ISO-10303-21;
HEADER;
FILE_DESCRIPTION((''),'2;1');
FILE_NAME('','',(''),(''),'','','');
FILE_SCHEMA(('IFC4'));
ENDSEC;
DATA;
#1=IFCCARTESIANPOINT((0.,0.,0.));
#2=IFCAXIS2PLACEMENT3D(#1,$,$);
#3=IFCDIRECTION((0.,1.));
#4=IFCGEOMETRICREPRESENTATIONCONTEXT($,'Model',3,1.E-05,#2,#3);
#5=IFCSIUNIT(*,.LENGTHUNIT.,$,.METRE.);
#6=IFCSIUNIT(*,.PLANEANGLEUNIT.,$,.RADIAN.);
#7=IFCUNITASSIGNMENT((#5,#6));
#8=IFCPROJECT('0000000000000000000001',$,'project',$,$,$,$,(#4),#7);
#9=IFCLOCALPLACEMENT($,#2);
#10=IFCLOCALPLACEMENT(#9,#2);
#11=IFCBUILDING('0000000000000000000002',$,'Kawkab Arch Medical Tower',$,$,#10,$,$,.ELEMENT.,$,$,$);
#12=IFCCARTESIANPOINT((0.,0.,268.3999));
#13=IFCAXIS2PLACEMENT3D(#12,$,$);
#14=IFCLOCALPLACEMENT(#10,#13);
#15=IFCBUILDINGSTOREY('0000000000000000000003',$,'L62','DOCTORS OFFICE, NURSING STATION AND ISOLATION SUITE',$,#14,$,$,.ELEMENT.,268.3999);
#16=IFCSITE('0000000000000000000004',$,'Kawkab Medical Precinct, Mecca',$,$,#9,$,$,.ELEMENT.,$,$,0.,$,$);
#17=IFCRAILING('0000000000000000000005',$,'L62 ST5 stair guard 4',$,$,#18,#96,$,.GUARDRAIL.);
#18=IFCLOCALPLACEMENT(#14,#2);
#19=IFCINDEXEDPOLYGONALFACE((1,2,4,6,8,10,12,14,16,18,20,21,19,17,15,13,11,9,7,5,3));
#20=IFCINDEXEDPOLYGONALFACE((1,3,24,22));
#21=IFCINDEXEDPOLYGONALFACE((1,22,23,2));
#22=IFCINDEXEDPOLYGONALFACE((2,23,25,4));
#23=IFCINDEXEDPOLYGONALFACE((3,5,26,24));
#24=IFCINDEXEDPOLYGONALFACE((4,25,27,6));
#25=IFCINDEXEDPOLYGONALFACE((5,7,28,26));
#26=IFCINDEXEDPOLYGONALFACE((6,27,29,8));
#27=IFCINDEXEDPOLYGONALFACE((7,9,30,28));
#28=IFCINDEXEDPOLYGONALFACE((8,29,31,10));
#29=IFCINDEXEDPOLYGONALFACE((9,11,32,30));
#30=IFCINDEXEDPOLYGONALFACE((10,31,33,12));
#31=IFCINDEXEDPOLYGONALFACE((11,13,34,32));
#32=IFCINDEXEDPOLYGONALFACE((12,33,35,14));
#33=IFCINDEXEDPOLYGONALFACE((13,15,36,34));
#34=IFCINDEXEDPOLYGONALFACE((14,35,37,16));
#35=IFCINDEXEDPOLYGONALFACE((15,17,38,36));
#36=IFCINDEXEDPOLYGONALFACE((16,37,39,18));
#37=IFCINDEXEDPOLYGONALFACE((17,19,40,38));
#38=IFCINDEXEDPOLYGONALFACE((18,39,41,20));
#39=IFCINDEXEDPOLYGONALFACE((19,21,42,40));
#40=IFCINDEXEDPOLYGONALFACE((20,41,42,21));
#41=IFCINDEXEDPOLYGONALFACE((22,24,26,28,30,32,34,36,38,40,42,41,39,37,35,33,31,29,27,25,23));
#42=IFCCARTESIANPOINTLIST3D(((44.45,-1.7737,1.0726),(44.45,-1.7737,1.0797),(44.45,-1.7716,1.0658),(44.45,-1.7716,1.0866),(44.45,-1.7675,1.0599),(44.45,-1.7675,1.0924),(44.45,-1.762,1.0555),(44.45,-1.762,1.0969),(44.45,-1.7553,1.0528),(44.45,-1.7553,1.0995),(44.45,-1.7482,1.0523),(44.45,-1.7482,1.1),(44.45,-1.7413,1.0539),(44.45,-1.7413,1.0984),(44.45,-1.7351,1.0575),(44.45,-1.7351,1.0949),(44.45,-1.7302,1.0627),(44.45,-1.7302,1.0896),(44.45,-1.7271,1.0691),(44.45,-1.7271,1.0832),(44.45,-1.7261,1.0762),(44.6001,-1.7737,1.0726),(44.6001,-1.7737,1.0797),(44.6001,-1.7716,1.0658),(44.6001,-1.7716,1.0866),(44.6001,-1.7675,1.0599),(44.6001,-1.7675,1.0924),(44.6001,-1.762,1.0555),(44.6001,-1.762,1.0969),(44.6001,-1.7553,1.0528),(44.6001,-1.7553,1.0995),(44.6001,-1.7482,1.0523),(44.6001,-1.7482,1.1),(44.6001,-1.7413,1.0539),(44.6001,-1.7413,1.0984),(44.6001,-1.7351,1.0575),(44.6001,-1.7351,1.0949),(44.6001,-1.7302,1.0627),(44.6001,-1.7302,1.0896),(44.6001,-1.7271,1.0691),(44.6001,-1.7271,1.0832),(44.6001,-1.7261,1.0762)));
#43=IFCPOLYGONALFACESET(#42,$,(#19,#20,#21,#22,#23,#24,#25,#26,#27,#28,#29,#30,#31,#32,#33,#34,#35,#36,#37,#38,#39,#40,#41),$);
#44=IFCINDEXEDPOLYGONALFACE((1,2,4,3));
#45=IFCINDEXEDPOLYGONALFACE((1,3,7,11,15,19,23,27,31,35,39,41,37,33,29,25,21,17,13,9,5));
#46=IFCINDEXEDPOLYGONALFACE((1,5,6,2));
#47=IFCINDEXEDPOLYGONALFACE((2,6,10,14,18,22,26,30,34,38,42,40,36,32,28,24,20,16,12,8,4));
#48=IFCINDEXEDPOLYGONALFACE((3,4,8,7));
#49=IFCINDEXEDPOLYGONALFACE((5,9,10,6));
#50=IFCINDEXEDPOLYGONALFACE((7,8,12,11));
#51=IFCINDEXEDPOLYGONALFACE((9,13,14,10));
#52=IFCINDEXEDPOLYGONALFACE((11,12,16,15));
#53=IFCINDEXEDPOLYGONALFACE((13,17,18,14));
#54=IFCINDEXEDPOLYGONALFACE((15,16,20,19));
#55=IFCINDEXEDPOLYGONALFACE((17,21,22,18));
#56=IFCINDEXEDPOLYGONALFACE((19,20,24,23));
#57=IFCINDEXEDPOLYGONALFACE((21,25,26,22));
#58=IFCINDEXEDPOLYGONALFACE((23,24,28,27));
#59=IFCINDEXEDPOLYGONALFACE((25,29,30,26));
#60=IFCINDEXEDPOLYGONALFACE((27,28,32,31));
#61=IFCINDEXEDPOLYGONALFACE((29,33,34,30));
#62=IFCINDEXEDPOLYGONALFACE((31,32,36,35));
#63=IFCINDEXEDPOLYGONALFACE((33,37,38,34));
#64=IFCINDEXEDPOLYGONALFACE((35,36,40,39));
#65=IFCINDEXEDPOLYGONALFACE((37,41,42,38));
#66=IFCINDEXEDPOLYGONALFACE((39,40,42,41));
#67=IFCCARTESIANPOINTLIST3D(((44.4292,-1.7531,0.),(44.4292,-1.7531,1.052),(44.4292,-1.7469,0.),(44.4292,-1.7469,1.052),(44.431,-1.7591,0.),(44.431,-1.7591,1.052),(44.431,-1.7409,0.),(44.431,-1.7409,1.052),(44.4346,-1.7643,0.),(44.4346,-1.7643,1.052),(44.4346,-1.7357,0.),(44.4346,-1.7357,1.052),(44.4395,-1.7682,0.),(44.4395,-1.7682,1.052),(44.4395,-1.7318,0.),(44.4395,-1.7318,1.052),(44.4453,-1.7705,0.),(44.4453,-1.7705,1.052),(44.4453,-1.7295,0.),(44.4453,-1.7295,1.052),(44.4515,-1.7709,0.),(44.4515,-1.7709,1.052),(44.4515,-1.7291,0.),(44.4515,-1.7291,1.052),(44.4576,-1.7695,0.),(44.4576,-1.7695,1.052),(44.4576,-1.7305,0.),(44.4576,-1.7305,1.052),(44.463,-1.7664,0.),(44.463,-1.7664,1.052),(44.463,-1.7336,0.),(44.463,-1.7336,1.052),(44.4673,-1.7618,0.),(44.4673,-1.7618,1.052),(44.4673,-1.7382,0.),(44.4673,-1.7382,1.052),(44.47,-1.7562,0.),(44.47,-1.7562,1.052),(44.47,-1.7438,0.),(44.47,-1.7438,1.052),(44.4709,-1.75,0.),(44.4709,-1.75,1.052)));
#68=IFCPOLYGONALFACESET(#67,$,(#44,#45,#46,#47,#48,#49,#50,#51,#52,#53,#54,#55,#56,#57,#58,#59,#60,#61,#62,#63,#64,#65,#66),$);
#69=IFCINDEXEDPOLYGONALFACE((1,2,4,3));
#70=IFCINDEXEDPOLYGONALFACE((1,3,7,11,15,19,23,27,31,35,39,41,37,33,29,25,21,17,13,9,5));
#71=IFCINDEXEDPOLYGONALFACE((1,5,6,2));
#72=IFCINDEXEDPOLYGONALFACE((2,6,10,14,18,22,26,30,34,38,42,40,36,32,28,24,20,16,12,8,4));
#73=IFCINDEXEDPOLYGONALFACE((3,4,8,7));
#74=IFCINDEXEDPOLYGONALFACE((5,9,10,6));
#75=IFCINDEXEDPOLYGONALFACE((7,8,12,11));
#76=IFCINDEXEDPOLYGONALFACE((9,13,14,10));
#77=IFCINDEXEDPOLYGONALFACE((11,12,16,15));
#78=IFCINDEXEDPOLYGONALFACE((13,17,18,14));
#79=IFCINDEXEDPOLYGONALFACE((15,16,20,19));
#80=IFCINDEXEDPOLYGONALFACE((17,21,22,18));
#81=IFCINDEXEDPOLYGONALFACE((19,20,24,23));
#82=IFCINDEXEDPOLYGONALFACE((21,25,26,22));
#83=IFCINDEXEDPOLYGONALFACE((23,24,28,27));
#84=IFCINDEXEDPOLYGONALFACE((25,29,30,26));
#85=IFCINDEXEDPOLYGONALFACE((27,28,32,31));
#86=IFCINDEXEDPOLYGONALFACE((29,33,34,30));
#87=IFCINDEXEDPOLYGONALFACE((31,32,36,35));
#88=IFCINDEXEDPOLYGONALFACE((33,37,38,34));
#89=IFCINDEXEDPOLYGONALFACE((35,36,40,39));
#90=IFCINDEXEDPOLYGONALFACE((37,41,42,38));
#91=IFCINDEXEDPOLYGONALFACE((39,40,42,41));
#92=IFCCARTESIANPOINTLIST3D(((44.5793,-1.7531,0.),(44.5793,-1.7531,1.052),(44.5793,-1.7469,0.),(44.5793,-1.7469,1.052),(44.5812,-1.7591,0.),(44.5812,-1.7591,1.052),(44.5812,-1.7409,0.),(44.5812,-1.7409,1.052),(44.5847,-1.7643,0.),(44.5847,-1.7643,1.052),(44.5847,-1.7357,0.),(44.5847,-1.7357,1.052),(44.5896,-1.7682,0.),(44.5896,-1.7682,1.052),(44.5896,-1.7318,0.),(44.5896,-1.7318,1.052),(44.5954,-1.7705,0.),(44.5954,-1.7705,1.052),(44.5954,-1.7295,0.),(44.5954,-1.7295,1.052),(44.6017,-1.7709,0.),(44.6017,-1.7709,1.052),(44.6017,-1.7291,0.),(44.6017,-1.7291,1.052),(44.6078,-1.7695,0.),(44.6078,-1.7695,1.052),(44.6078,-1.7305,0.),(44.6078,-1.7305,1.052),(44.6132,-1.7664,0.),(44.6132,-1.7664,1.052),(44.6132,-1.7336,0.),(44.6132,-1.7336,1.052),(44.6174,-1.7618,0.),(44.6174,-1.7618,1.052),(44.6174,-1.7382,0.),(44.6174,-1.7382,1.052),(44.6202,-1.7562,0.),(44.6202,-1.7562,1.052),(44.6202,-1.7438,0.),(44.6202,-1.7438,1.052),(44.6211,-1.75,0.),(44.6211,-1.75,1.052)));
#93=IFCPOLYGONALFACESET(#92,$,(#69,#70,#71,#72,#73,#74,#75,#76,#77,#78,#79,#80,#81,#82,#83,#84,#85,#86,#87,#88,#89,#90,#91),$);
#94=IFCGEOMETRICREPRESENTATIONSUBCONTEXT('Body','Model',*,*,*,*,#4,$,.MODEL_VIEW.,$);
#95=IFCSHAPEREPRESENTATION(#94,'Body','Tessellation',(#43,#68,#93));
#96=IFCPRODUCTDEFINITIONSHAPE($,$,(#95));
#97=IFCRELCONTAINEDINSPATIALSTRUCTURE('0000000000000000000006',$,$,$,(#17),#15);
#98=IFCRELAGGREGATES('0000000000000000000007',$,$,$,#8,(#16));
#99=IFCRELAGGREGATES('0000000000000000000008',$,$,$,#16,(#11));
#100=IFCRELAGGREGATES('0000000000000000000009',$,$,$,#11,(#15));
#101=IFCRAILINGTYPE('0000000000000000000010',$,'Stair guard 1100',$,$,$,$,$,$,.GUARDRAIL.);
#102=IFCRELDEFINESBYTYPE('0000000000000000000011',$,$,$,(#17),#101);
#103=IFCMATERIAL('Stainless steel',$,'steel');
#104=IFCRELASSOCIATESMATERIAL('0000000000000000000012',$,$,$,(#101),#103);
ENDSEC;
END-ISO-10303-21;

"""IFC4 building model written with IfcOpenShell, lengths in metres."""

from ifc_helpers import new_model, si_unit, direction, frame, origin, origin_2d, place, context, subcontext, project, spatial, circle, extrude, material, type_object, element, save


model = new_model("IFC4")

# Units and contexts
model_context = context("Model", 3, precision=1e-05, world=origin(), true_north=direction((0.0, 1.0)))
body_context = subcontext(model_context, "Body", "Model", "MODEL_VIEW")
ifc_project = project(units=[si_unit("LENGTHUNIT", "METRE"), si_unit("PLANEANGLEUNIT", "RADIAN")], contexts=[model_context])

# Site, building, storey
site_placement = place(None, origin())
site = spatial("IfcSite", under=ifc_project, at=site_placement, Name="Kawkab Medical Precinct, Mecca", CompositionType="ELEMENT", RefElevation=0.0)
building_placement = place(site_placement, origin())
building = spatial("IfcBuilding", under=site, at=building_placement, Name="Kawkab Arch Medical Tower", CompositionType="ELEMENT")
storey_placement = place(building_placement, frame((0.0, 0.0, 268.3999)))
storey = spatial("IfcBuildingStorey", under=building, at=storey_placement, Name="L62", Description="DOCTORS OFFICE, NURSING STATION AND ISOLATION SUITE", CompositionType="ELEMENT", Elevation=268.3999)

# Railing
ifc_material_1 = material(Name="Stainless steel", Category="steel")
railing_type = type_object("IfcRailingType", Name="Stair guard 1100", PredefinedType="GUARDRAIL", material=ifc_material_1)
railing_1_placement = place(storey_placement, frame((44.45, -1.75, 0.0)))
element("IfcRailing", 1, at=railing_1_placement, inside=storey, type_object=railing_type, Name="L62 ST5 stair guard 4", PredefinedType="GUARDRAIL", context=body_context, shape_type="SweptSolid", body=[
    extrude(circle(Radius=0.0239, at=origin_2d()), frame((0.0, 0.0, 1.0762), z_axis=(1.0, 0.0, 0.0), x_axis=(0.0, 1.0, 0.0)), (0.0, 0.0, 1.0), 0.1501),
    extrude(circle(Radius=0.021, at=origin_2d()), origin(), (0.0, 0.0, 1.0), 1.052),
    extrude(circle(Radius=0.021, at=origin_2d()), frame((0.1501, 0.0, 0.0)), (0.0, 0.0, 1.0), 1.052),
])

save(model, "model.ifc")
